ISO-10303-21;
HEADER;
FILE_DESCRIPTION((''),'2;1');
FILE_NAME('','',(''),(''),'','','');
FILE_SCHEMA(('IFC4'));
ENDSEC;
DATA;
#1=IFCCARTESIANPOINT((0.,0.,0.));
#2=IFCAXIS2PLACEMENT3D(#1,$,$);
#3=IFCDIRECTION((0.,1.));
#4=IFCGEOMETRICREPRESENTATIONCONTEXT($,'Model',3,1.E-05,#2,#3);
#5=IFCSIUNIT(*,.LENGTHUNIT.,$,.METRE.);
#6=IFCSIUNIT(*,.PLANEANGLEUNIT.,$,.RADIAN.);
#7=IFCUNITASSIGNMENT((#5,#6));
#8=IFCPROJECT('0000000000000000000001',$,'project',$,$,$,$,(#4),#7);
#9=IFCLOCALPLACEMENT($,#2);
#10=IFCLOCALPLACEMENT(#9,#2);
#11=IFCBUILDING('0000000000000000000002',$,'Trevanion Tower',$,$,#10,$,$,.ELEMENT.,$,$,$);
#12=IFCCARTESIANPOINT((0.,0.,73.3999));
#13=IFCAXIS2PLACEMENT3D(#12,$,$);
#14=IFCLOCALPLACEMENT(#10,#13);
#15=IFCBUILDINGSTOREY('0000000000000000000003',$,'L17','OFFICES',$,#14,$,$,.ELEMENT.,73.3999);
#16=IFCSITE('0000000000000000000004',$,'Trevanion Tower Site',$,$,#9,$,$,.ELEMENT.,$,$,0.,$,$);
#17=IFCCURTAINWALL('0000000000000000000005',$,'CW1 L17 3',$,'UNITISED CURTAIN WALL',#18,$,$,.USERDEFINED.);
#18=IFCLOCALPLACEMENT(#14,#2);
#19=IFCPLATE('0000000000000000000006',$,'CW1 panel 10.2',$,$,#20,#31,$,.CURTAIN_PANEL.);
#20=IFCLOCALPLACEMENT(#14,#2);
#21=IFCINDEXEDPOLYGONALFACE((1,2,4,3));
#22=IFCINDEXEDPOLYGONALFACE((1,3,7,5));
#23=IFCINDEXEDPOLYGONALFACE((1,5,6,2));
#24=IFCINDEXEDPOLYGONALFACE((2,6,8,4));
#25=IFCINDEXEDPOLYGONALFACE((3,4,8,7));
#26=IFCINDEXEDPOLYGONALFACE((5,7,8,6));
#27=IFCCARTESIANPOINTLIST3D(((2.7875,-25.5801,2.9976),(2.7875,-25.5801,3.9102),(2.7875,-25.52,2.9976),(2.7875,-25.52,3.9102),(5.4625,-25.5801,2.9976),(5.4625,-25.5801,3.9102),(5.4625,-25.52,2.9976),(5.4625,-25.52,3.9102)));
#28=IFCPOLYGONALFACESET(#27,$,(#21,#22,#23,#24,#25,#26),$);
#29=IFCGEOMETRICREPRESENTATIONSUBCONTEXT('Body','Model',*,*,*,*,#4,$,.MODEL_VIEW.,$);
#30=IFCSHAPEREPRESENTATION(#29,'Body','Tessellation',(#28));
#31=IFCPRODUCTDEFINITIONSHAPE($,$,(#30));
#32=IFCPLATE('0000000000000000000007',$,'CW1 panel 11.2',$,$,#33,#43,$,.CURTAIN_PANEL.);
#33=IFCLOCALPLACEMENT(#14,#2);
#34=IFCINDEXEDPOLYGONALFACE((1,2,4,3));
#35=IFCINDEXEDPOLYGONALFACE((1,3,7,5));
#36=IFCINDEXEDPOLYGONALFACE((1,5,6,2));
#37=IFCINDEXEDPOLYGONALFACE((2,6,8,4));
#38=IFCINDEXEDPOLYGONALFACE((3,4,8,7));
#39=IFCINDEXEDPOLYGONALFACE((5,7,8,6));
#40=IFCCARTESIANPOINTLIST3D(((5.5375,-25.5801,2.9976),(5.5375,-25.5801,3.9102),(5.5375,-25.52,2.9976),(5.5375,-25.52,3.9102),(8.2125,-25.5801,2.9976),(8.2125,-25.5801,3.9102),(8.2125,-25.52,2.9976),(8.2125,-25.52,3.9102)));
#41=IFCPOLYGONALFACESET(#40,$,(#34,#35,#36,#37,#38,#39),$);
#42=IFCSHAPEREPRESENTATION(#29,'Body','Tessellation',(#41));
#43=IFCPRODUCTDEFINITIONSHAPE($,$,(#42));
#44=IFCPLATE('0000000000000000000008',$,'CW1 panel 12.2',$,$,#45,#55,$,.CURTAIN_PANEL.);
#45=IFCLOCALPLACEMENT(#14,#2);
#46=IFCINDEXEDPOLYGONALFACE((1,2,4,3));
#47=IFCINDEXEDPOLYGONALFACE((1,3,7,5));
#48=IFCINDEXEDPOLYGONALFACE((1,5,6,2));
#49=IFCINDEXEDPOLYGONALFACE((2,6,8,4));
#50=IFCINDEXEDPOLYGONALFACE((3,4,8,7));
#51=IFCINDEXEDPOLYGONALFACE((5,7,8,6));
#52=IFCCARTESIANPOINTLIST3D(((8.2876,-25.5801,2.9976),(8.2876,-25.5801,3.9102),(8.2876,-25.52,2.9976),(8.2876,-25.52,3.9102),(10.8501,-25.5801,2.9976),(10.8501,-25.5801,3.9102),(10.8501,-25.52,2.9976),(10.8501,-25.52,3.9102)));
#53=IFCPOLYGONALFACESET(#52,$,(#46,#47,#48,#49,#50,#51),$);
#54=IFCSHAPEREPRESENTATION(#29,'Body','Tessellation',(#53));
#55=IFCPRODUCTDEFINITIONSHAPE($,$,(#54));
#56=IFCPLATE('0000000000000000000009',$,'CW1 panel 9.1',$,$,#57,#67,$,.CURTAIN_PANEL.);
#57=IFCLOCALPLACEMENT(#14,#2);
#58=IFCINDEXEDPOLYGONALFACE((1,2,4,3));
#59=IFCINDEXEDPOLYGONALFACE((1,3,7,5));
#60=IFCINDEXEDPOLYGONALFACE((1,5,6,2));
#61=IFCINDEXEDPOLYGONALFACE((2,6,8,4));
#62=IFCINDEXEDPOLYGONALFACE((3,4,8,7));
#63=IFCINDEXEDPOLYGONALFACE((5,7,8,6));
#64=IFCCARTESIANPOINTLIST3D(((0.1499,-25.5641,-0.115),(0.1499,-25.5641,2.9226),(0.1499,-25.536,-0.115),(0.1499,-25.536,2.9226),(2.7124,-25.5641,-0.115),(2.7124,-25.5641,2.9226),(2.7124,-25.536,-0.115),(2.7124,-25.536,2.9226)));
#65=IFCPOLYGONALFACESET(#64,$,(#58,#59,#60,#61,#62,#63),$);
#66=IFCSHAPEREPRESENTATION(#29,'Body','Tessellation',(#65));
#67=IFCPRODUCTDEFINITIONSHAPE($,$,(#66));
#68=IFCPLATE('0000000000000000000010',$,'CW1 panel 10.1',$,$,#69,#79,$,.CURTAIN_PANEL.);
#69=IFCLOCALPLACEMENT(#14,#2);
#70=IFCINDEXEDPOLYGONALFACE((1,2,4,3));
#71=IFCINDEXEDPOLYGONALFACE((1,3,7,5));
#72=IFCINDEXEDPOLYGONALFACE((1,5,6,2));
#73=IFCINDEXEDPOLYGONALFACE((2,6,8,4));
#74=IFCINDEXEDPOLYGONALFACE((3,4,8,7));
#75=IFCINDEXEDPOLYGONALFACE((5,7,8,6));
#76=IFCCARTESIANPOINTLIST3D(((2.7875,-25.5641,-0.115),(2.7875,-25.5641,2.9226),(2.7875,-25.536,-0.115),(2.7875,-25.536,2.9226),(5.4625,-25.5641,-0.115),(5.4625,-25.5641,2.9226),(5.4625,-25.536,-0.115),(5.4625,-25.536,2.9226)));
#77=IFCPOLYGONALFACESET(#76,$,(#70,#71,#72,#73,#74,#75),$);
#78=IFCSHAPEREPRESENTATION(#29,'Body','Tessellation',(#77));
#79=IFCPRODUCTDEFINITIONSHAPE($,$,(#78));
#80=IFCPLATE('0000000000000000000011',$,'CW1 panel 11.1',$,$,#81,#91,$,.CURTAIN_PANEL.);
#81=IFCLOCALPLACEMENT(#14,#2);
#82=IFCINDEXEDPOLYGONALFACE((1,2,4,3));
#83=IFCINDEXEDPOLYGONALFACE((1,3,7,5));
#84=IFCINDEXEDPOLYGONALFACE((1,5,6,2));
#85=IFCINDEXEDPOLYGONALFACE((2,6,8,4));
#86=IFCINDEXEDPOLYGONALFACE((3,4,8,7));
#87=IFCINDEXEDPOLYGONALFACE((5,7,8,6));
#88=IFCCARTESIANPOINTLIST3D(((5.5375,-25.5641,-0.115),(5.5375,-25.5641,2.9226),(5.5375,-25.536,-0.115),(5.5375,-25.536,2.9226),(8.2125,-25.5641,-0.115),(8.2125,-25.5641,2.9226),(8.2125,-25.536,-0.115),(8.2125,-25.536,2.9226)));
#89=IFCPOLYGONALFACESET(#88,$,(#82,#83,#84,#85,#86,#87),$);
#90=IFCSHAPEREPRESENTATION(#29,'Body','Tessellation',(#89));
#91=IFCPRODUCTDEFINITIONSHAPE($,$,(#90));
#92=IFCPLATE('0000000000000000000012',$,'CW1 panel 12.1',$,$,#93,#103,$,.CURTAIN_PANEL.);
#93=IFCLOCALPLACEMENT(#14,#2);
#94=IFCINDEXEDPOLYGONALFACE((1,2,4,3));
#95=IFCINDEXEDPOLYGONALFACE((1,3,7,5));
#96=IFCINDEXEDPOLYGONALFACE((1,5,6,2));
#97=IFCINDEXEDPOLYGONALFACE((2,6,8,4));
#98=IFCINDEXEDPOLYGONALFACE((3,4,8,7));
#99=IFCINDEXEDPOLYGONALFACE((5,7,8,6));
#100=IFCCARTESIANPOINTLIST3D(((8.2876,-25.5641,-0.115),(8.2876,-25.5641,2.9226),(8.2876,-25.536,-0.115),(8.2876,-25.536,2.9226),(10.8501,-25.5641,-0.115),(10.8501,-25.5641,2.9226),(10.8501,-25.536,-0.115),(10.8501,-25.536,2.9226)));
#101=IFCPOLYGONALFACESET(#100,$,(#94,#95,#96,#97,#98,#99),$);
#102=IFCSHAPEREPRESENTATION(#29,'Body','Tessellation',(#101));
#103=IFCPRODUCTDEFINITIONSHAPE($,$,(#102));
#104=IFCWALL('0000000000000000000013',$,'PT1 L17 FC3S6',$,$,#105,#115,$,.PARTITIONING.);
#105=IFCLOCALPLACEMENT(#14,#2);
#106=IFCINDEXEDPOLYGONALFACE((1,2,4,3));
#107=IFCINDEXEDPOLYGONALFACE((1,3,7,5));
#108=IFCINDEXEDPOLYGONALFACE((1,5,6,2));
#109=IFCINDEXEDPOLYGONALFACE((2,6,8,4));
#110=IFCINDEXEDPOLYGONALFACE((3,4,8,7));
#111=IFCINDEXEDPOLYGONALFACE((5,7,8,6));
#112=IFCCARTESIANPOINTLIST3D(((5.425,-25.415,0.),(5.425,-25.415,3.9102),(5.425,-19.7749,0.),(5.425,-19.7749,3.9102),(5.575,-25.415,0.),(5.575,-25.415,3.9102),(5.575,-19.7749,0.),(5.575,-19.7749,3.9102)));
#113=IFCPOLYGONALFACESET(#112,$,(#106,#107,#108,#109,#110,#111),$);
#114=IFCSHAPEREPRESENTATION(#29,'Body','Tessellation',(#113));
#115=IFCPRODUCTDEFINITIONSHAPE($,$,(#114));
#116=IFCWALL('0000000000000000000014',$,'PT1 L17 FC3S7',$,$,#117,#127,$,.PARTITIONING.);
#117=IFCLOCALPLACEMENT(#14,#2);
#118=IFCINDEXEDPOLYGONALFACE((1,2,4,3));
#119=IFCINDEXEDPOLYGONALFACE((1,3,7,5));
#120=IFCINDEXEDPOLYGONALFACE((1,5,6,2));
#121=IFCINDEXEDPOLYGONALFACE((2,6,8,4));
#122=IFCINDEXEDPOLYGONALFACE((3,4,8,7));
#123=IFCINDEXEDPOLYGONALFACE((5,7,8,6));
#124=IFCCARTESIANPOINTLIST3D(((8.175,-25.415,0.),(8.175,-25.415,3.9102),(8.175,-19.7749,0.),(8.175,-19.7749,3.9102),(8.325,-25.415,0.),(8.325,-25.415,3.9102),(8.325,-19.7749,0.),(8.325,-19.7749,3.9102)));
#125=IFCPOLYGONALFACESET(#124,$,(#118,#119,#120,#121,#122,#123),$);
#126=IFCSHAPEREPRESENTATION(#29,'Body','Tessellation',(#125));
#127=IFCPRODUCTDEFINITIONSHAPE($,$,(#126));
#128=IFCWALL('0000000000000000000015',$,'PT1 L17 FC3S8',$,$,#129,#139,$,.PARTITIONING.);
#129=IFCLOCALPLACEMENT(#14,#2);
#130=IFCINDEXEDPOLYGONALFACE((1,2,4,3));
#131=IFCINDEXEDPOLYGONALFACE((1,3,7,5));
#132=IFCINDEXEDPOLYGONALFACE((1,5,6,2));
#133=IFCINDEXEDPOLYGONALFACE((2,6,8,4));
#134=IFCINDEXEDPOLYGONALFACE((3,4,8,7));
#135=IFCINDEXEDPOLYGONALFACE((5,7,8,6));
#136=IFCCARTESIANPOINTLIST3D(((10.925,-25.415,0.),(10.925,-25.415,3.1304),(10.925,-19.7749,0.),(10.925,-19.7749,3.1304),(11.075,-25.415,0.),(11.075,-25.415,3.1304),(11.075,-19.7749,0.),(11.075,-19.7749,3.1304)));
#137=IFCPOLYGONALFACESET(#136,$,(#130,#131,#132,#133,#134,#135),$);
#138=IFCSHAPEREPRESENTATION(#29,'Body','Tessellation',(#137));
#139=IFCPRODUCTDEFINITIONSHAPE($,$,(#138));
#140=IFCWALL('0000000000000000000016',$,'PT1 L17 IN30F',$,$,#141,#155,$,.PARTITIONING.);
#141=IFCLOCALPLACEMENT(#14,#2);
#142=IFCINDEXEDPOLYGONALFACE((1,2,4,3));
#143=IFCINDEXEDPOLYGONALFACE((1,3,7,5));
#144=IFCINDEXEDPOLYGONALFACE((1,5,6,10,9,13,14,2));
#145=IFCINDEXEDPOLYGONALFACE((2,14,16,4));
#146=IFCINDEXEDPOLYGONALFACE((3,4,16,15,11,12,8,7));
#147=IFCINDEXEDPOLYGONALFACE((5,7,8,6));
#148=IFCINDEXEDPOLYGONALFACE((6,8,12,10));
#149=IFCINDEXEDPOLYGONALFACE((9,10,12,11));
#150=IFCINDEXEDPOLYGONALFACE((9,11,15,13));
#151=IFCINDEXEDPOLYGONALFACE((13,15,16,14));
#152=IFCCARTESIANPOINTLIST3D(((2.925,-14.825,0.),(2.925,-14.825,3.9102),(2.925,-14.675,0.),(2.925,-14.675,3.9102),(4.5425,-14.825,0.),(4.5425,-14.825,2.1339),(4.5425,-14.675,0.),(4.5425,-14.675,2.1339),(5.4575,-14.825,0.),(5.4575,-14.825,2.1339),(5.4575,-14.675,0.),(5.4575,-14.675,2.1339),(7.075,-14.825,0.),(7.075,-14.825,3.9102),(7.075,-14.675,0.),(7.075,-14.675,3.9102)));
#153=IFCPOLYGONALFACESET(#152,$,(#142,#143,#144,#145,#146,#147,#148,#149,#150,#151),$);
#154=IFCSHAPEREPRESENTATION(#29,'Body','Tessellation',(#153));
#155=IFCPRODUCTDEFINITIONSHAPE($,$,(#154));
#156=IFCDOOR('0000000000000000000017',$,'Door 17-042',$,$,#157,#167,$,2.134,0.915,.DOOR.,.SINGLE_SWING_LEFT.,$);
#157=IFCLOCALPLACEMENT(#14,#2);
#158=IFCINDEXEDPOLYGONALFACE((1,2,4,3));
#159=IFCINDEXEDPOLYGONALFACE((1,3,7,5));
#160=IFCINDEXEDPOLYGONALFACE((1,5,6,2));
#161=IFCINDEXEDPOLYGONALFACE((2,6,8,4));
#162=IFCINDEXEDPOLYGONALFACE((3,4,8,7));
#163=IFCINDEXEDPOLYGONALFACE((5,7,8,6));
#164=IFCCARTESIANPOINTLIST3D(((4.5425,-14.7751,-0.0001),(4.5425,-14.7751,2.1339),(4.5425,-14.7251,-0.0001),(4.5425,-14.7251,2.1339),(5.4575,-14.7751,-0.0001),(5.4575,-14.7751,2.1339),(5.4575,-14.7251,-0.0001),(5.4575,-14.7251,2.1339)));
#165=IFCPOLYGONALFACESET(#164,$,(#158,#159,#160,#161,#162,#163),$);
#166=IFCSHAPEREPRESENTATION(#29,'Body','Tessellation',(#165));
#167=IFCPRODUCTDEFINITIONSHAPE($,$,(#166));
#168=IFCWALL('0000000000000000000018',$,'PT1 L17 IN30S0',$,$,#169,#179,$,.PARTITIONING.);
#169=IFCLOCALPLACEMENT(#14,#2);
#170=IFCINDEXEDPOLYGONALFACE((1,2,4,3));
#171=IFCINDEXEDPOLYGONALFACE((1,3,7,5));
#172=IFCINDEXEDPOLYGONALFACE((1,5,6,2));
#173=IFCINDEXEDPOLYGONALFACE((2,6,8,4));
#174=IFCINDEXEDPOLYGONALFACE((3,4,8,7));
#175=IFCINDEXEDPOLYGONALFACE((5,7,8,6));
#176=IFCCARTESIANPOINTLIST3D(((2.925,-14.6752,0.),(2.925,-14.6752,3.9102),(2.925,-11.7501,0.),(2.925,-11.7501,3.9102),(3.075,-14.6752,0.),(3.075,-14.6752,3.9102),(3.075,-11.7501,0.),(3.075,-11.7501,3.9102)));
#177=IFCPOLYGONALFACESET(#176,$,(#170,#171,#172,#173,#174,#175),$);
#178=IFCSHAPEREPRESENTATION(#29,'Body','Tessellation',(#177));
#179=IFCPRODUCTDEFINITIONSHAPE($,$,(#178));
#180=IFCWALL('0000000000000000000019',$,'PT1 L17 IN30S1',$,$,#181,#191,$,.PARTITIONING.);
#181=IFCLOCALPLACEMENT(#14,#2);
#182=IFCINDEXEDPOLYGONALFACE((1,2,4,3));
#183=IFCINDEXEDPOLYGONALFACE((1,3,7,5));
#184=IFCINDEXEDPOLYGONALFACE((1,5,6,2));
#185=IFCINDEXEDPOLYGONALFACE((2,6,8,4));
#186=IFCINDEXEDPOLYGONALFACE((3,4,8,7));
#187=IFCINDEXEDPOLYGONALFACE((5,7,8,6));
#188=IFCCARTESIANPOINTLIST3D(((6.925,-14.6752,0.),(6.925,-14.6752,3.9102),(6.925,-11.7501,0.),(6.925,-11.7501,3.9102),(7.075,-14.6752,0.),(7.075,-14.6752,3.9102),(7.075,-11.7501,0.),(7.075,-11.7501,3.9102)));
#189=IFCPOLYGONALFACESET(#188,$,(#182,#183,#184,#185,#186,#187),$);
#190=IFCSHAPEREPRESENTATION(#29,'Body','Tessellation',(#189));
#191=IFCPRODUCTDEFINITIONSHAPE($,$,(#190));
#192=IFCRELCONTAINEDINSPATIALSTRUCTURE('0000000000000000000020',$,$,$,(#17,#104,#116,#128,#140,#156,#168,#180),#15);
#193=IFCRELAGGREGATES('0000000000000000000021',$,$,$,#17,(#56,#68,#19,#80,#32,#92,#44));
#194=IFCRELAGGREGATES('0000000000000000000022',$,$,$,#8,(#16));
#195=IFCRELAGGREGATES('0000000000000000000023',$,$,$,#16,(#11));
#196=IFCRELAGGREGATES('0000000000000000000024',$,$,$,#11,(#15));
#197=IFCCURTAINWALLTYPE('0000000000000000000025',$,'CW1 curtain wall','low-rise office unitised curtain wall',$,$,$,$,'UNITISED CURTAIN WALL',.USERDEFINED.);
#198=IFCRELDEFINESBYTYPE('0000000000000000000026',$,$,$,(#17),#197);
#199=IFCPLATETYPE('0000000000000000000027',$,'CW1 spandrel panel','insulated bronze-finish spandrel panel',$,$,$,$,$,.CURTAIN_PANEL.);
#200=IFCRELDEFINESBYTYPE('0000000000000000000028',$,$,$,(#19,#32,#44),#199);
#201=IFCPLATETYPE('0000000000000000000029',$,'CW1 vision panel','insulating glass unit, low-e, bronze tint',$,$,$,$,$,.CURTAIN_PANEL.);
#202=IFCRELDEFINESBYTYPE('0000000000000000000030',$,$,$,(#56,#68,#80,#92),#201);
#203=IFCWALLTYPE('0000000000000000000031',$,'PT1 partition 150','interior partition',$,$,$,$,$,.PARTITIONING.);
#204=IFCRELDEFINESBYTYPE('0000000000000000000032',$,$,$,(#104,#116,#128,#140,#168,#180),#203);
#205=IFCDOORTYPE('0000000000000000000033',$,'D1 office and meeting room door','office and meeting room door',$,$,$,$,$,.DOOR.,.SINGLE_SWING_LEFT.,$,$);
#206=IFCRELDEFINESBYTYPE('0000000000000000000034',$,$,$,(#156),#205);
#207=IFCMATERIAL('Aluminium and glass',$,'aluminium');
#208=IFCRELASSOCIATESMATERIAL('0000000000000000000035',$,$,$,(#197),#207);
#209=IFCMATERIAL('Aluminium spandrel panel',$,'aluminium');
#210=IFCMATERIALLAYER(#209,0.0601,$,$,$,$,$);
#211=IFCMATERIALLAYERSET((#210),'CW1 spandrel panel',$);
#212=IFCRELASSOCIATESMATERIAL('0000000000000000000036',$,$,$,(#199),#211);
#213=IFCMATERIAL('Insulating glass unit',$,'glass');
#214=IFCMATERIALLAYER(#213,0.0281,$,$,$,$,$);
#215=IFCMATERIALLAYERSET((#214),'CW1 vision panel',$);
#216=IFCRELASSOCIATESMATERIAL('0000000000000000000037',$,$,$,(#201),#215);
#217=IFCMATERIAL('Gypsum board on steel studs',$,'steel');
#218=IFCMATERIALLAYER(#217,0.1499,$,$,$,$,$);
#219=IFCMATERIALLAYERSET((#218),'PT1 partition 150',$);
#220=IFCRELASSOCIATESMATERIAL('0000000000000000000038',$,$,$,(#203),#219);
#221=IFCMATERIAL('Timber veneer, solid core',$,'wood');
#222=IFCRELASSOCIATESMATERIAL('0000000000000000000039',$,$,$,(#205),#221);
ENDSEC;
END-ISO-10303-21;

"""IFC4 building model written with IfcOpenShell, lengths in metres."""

from ifc_helpers import new_model, si_unit, direction, frame, frame_2d, origin, origin_2d, place, context, subcontext, project, spatial, rectangle, extrude, material, layer, layer_set, type_object, element, fill, aggregate, save


model = new_model("IFC4")

# Units and contexts
model_context = context("Model", 3, precision=1e-05, world=origin(), true_north=direction((0.0, 1.0)))
body_context = subcontext(model_context, "Body", "Model", "MODEL_VIEW")
ifc_project = project(units=[si_unit("LENGTHUNIT", "METRE"), si_unit("PLANEANGLEUNIT", "RADIAN")], contexts=[model_context])

# Site, building, storey
site_placement = place(None, origin())
site = spatial("IfcSite", under=ifc_project, at=site_placement, Name="Trevanion Tower Site", CompositionType="ELEMENT", RefElevation=0.0)
building_placement = place(site_placement, origin())
building = spatial("IfcBuilding", under=site, at=building_placement, Name="Trevanion Tower", CompositionType="ELEMENT")
storey_placement = place(building_placement, frame((0.0, 0.0, 73.3999)))
storey = spatial("IfcBuildingStorey", under=building, at=storey_placement, Name="L17", Description="OFFICES", CompositionType="ELEMENT", Elevation=73.3999)

# Curtain wall
ifc_material_1 = material(Name="Aluminium and glass", Category="aluminium")
curtain_wall_type = type_object("IfcCurtainWallType", Name="CW1 curtain wall", Description="low-rise office unitised curtain wall", ElementType="UNITISED CURTAIN WALL", PredefinedType="USERDEFINED", material=ifc_material_1)
curtain_wall_placement = place(storey_placement, origin())
curtain_wall = element("IfcCurtainWall", 1, at=curtain_wall_placement, inside=storey, type_object=curtain_wall_type, Name="CW1 L17 3", ObjectType="UNITISED CURTAIN WALL", PredefinedType="USERDEFINED")

# Plates
ifc_material_2 = material(Name="Aluminium spandrel panel", Category="aluminium")
ifc_layer_1 = layer(ifc_material_2, 0.0601)
ifc_layer_set_1 = layer_set([ifc_layer_1], Name="CW1 spandrel panel")
plate_type_1 = type_object("IfcPlateType", Name="CW1 spandrel panel", Description="insulated bronze-finish spandrel panel", PredefinedType="CURTAIN_PANEL", material=ifc_layer_set_1)
plate_1_placement = place(storey_placement, frame((4.125, -25.55, 2.9976), z_axis=(0.0, 0.0, 1.0), x_axis=(1.0, 0.0, 0.0)))
plate_1 = element("IfcPlate", 2, at=plate_1_placement, type_object=plate_type_1, Name="CW1 panel 10.2", PredefinedType="CURTAIN_PANEL", context=body_context, shape_type="SweptSolid", body=[
    extrude(rectangle(XDim=2.675, YDim=0.0601, at=origin_2d()), origin(), (0.0, 0.0, 1.0), 0.9126),
])
plate_2_placement = place(storey_placement, frame((6.875, -25.55, 2.9976), z_axis=(0.0, 0.0, 1.0), x_axis=(1.0, 0.0, 0.0)))
plate_2 = element("IfcPlate", 3, at=plate_2_placement, type_object=plate_type_1, Name="CW1 panel 11.2", PredefinedType="CURTAIN_PANEL", context=body_context, shape_type="SweptSolid", body=[
    extrude(rectangle(XDim=2.675, YDim=0.0601, at=origin_2d()), origin(), (0.0, 0.0, 1.0), 0.9126),
])
plate_3_placement = place(storey_placement, frame((9.5688, -25.55, 2.9976), z_axis=(0.0, 0.0, 1.0), x_axis=(1.0, 0.0, 0.0)))
plate_3 = element("IfcPlate", 4, at=plate_3_placement, type_object=plate_type_1, Name="CW1 panel 12.2", PredefinedType="CURTAIN_PANEL", context=body_context, shape_type="SweptSolid", body=[
    extrude(rectangle(XDim=2.5625, YDim=0.0601, at=origin_2d()), origin(), (0.0, 0.0, 1.0), 0.9126),
])
ifc_material_3 = material(Name="Insulating glass unit", Category="glass")
ifc_layer_2 = layer(ifc_material_3, 0.0281)
ifc_layer_set_2 = layer_set([ifc_layer_2], Name="CW1 vision panel")
plate_type_2 = type_object("IfcPlateType", Name="CW1 vision panel", Description="insulating glass unit, low-e, bronze tint", PredefinedType="CURTAIN_PANEL", material=ifc_layer_set_2)
plate_4_placement = place(storey_placement, frame((1.4312, -25.55, -0.115), z_axis=(0.0, 0.0, 1.0), x_axis=(1.0, 0.0, 0.0)))
plate_4 = element("IfcPlate", 5, at=plate_4_placement, type_object=plate_type_2, Name="CW1 panel 9.1", PredefinedType="CURTAIN_PANEL", context=body_context, shape_type="SweptSolid", body=[
    extrude(rectangle(XDim=2.5625, YDim=0.0281, at=origin_2d()), origin(), (0.0, 0.0, 1.0), 3.0376),
])
plate_5_placement = place(storey_placement, frame((4.125, -25.55, -0.115), z_axis=(0.0, 0.0, 1.0), x_axis=(1.0, 0.0, 0.0)))
plate_5 = element("IfcPlate", 6, at=plate_5_placement, type_object=plate_type_2, Name="CW1 panel 10.1", PredefinedType="CURTAIN_PANEL", context=body_context, shape_type="SweptSolid", body=[
    extrude(rectangle(XDim=2.675, YDim=0.0281, at=origin_2d()), origin(), (0.0, 0.0, 1.0), 3.0376),
])
plate_6_placement = place(storey_placement, frame((6.875, -25.55, -0.115), z_axis=(0.0, 0.0, 1.0), x_axis=(1.0, 0.0, 0.0)))
plate_6 = element("IfcPlate", 7, at=plate_6_placement, type_object=plate_type_2, Name="CW1 panel 11.1", PredefinedType="CURTAIN_PANEL", context=body_context, shape_type="SweptSolid", body=[
    extrude(rectangle(XDim=2.675, YDim=0.0281, at=origin_2d()), origin(), (0.0, 0.0, 1.0), 3.0376),
])
plate_7_placement = place(storey_placement, frame((9.5688, -25.55, -0.115), z_axis=(0.0, 0.0, 1.0), x_axis=(1.0, 0.0, 0.0)))
plate_7 = element("IfcPlate", 8, at=plate_7_placement, type_object=plate_type_2, Name="CW1 panel 12.1", PredefinedType="CURTAIN_PANEL", context=body_context, shape_type="SweptSolid", body=[
    extrude(rectangle(XDim=2.5625, YDim=0.0281, at=origin_2d()), origin(), (0.0, 0.0, 1.0), 3.0376),
])
aggregate(curtain_wall, [plate_4, plate_5, plate_1, plate_6, plate_2, plate_7, plate_3])

# Walls
ifc_material_4 = material(Name="Gypsum board on steel studs", Category="steel")
ifc_layer_3 = layer(ifc_material_4, 0.1499)
ifc_layer_set_3 = layer_set([ifc_layer_3], Name="PT1 partition 150")
wall_type = type_object("IfcWallType", Name="PT1 partition 150", Description="interior partition", PredefinedType="PARTITIONING", material=ifc_layer_set_3)
for number, where, z_axis, x_axis, name in (
    (9, (5.5, -19.7749, 0.0), (0.0, 0.0, 1.0), (0.0, -1.0, 0.0), "PT1 L17 FC3S6"),
    (10, (8.25, -19.7749, 0.0), (0.0, 0.0, 1.0), (0.0, -1.0, 0.0), "PT1 L17 FC3S7"),
):
    element("IfcWall", number, at=place(storey_placement, frame(where, z_axis=z_axis, x_axis=x_axis)), inside=storey, type_object=wall_type, Name=name, PredefinedType="PARTITIONING", context=body_context, shape_type="SweptSolid", body=[
        extrude(rectangle(XDim=5.6401, YDim=0.1499, at=frame_2d((2.8201, 0.0))), origin(), (0.0, 0.0, 1.0), 3.9102),
    ])
wall_1_placement = place(storey_placement, frame((11.0, -19.7749, 0.0), z_axis=(0.0, 0.0, 1.0), x_axis=(0.0, -1.0, 0.0)))
element("IfcWall", 11, at=wall_1_placement, inside=storey, type_object=wall_type, Name="PT1 L17 FC3S8", PredefinedType="PARTITIONING", context=body_context, shape_type="SweptSolid", body=[
    extrude(rectangle(XDim=5.6401, YDim=0.1499, at=frame_2d((2.8201, 0.0))), origin(), (0.0, 0.0, 1.0), 3.1304),
])

# Wall, opening, door
wall_2_placement = place(storey_placement, frame((2.925, -14.75, 0.0), z_axis=(0.0, 0.0, 1.0), x_axis=(1.0, 0.0, 0.0)))
wall_2 = element("IfcWall", 12, at=wall_2_placement, inside=storey, type_object=wall_type, Name="PT1 L17 IN30F", PredefinedType="PARTITIONING", context=body_context, shape_type="SweptSolid", body=[
    extrude(rectangle(XDim=4.1499, YDim=0.1499, at=frame_2d((2.075, 0.0))), origin(), (0.0, 0.0, 1.0), 3.9102),
])
opening_placement = place(wall_2_placement, frame((1.6174, 0.0, 0.0)))
opening = element("IfcOpeningElement", 13, at=opening_placement, cuts=wall_2, PredefinedType="OPENING", context=body_context, shape_type="SweptSolid", body=[
    extrude(rectangle(XDim=0.915, YDim=2.134, at=frame_2d((0.4575, 1.0669))), frame((0.0, 0.085, 0.0), z_axis=(0.0, -1.0, 0.0), x_axis=(1.0, 0.0, 0.0)), (0.0, 0.0, 1.0), 0.1699),
])
ifc_material_5 = material(Name="Timber veneer, solid core", Category="wood")
door_type = type_object("IfcDoorType", Name="D1 office and meeting room door", Description="office and meeting room door", OperationType="SINGLE_SWING_LEFT", PredefinedType="DOOR", material=ifc_material_5)
door_placement = place(opening_placement, origin())
door = element("IfcDoor", 14, at=door_placement, inside=storey, type_object=door_type, Name="Door 17-042", OperationType="SINGLE_SWING_LEFT", OverallHeight=2.134, OverallWidth=0.915, PredefinedType="DOOR", context=body_context, shape_type="SweptSolid", body=[
    extrude(rectangle(XDim=0.915, YDim=2.134, at=frame_2d((0.4575, 1.0669))), frame((0.0, 0.0249, 0.0), z_axis=(0.0, -1.0, 0.0), x_axis=(1.0, 0.0, 0.0)), (0.0, 0.0, 1.0), 0.05),
])
fill(opening, door)

# Walls
for number, where, z_axis, x_axis, name in (
    (15, (3.0, -14.675, 0.0), (0.0, 0.0, 1.0), (0.0, 1.0, 0.0), "PT1 L17 IN30S0"),
    (16, (7.0, -14.675, 0.0), (0.0, 0.0, 1.0), (0.0, 1.0, 0.0), "PT1 L17 IN30S1"),
):
    element("IfcWall", number, at=place(storey_placement, frame(where, z_axis=z_axis, x_axis=x_axis)), inside=storey, type_object=wall_type, Name=name, PredefinedType="PARTITIONING", context=body_context, shape_type="SweptSolid", body=[
        extrude(rectangle(XDim=2.925, YDim=0.1499, at=frame_2d((1.4624, 0.0))), origin(), (0.0, 0.0, 1.0), 3.9102),
    ])

save(model, "model.ifc")
